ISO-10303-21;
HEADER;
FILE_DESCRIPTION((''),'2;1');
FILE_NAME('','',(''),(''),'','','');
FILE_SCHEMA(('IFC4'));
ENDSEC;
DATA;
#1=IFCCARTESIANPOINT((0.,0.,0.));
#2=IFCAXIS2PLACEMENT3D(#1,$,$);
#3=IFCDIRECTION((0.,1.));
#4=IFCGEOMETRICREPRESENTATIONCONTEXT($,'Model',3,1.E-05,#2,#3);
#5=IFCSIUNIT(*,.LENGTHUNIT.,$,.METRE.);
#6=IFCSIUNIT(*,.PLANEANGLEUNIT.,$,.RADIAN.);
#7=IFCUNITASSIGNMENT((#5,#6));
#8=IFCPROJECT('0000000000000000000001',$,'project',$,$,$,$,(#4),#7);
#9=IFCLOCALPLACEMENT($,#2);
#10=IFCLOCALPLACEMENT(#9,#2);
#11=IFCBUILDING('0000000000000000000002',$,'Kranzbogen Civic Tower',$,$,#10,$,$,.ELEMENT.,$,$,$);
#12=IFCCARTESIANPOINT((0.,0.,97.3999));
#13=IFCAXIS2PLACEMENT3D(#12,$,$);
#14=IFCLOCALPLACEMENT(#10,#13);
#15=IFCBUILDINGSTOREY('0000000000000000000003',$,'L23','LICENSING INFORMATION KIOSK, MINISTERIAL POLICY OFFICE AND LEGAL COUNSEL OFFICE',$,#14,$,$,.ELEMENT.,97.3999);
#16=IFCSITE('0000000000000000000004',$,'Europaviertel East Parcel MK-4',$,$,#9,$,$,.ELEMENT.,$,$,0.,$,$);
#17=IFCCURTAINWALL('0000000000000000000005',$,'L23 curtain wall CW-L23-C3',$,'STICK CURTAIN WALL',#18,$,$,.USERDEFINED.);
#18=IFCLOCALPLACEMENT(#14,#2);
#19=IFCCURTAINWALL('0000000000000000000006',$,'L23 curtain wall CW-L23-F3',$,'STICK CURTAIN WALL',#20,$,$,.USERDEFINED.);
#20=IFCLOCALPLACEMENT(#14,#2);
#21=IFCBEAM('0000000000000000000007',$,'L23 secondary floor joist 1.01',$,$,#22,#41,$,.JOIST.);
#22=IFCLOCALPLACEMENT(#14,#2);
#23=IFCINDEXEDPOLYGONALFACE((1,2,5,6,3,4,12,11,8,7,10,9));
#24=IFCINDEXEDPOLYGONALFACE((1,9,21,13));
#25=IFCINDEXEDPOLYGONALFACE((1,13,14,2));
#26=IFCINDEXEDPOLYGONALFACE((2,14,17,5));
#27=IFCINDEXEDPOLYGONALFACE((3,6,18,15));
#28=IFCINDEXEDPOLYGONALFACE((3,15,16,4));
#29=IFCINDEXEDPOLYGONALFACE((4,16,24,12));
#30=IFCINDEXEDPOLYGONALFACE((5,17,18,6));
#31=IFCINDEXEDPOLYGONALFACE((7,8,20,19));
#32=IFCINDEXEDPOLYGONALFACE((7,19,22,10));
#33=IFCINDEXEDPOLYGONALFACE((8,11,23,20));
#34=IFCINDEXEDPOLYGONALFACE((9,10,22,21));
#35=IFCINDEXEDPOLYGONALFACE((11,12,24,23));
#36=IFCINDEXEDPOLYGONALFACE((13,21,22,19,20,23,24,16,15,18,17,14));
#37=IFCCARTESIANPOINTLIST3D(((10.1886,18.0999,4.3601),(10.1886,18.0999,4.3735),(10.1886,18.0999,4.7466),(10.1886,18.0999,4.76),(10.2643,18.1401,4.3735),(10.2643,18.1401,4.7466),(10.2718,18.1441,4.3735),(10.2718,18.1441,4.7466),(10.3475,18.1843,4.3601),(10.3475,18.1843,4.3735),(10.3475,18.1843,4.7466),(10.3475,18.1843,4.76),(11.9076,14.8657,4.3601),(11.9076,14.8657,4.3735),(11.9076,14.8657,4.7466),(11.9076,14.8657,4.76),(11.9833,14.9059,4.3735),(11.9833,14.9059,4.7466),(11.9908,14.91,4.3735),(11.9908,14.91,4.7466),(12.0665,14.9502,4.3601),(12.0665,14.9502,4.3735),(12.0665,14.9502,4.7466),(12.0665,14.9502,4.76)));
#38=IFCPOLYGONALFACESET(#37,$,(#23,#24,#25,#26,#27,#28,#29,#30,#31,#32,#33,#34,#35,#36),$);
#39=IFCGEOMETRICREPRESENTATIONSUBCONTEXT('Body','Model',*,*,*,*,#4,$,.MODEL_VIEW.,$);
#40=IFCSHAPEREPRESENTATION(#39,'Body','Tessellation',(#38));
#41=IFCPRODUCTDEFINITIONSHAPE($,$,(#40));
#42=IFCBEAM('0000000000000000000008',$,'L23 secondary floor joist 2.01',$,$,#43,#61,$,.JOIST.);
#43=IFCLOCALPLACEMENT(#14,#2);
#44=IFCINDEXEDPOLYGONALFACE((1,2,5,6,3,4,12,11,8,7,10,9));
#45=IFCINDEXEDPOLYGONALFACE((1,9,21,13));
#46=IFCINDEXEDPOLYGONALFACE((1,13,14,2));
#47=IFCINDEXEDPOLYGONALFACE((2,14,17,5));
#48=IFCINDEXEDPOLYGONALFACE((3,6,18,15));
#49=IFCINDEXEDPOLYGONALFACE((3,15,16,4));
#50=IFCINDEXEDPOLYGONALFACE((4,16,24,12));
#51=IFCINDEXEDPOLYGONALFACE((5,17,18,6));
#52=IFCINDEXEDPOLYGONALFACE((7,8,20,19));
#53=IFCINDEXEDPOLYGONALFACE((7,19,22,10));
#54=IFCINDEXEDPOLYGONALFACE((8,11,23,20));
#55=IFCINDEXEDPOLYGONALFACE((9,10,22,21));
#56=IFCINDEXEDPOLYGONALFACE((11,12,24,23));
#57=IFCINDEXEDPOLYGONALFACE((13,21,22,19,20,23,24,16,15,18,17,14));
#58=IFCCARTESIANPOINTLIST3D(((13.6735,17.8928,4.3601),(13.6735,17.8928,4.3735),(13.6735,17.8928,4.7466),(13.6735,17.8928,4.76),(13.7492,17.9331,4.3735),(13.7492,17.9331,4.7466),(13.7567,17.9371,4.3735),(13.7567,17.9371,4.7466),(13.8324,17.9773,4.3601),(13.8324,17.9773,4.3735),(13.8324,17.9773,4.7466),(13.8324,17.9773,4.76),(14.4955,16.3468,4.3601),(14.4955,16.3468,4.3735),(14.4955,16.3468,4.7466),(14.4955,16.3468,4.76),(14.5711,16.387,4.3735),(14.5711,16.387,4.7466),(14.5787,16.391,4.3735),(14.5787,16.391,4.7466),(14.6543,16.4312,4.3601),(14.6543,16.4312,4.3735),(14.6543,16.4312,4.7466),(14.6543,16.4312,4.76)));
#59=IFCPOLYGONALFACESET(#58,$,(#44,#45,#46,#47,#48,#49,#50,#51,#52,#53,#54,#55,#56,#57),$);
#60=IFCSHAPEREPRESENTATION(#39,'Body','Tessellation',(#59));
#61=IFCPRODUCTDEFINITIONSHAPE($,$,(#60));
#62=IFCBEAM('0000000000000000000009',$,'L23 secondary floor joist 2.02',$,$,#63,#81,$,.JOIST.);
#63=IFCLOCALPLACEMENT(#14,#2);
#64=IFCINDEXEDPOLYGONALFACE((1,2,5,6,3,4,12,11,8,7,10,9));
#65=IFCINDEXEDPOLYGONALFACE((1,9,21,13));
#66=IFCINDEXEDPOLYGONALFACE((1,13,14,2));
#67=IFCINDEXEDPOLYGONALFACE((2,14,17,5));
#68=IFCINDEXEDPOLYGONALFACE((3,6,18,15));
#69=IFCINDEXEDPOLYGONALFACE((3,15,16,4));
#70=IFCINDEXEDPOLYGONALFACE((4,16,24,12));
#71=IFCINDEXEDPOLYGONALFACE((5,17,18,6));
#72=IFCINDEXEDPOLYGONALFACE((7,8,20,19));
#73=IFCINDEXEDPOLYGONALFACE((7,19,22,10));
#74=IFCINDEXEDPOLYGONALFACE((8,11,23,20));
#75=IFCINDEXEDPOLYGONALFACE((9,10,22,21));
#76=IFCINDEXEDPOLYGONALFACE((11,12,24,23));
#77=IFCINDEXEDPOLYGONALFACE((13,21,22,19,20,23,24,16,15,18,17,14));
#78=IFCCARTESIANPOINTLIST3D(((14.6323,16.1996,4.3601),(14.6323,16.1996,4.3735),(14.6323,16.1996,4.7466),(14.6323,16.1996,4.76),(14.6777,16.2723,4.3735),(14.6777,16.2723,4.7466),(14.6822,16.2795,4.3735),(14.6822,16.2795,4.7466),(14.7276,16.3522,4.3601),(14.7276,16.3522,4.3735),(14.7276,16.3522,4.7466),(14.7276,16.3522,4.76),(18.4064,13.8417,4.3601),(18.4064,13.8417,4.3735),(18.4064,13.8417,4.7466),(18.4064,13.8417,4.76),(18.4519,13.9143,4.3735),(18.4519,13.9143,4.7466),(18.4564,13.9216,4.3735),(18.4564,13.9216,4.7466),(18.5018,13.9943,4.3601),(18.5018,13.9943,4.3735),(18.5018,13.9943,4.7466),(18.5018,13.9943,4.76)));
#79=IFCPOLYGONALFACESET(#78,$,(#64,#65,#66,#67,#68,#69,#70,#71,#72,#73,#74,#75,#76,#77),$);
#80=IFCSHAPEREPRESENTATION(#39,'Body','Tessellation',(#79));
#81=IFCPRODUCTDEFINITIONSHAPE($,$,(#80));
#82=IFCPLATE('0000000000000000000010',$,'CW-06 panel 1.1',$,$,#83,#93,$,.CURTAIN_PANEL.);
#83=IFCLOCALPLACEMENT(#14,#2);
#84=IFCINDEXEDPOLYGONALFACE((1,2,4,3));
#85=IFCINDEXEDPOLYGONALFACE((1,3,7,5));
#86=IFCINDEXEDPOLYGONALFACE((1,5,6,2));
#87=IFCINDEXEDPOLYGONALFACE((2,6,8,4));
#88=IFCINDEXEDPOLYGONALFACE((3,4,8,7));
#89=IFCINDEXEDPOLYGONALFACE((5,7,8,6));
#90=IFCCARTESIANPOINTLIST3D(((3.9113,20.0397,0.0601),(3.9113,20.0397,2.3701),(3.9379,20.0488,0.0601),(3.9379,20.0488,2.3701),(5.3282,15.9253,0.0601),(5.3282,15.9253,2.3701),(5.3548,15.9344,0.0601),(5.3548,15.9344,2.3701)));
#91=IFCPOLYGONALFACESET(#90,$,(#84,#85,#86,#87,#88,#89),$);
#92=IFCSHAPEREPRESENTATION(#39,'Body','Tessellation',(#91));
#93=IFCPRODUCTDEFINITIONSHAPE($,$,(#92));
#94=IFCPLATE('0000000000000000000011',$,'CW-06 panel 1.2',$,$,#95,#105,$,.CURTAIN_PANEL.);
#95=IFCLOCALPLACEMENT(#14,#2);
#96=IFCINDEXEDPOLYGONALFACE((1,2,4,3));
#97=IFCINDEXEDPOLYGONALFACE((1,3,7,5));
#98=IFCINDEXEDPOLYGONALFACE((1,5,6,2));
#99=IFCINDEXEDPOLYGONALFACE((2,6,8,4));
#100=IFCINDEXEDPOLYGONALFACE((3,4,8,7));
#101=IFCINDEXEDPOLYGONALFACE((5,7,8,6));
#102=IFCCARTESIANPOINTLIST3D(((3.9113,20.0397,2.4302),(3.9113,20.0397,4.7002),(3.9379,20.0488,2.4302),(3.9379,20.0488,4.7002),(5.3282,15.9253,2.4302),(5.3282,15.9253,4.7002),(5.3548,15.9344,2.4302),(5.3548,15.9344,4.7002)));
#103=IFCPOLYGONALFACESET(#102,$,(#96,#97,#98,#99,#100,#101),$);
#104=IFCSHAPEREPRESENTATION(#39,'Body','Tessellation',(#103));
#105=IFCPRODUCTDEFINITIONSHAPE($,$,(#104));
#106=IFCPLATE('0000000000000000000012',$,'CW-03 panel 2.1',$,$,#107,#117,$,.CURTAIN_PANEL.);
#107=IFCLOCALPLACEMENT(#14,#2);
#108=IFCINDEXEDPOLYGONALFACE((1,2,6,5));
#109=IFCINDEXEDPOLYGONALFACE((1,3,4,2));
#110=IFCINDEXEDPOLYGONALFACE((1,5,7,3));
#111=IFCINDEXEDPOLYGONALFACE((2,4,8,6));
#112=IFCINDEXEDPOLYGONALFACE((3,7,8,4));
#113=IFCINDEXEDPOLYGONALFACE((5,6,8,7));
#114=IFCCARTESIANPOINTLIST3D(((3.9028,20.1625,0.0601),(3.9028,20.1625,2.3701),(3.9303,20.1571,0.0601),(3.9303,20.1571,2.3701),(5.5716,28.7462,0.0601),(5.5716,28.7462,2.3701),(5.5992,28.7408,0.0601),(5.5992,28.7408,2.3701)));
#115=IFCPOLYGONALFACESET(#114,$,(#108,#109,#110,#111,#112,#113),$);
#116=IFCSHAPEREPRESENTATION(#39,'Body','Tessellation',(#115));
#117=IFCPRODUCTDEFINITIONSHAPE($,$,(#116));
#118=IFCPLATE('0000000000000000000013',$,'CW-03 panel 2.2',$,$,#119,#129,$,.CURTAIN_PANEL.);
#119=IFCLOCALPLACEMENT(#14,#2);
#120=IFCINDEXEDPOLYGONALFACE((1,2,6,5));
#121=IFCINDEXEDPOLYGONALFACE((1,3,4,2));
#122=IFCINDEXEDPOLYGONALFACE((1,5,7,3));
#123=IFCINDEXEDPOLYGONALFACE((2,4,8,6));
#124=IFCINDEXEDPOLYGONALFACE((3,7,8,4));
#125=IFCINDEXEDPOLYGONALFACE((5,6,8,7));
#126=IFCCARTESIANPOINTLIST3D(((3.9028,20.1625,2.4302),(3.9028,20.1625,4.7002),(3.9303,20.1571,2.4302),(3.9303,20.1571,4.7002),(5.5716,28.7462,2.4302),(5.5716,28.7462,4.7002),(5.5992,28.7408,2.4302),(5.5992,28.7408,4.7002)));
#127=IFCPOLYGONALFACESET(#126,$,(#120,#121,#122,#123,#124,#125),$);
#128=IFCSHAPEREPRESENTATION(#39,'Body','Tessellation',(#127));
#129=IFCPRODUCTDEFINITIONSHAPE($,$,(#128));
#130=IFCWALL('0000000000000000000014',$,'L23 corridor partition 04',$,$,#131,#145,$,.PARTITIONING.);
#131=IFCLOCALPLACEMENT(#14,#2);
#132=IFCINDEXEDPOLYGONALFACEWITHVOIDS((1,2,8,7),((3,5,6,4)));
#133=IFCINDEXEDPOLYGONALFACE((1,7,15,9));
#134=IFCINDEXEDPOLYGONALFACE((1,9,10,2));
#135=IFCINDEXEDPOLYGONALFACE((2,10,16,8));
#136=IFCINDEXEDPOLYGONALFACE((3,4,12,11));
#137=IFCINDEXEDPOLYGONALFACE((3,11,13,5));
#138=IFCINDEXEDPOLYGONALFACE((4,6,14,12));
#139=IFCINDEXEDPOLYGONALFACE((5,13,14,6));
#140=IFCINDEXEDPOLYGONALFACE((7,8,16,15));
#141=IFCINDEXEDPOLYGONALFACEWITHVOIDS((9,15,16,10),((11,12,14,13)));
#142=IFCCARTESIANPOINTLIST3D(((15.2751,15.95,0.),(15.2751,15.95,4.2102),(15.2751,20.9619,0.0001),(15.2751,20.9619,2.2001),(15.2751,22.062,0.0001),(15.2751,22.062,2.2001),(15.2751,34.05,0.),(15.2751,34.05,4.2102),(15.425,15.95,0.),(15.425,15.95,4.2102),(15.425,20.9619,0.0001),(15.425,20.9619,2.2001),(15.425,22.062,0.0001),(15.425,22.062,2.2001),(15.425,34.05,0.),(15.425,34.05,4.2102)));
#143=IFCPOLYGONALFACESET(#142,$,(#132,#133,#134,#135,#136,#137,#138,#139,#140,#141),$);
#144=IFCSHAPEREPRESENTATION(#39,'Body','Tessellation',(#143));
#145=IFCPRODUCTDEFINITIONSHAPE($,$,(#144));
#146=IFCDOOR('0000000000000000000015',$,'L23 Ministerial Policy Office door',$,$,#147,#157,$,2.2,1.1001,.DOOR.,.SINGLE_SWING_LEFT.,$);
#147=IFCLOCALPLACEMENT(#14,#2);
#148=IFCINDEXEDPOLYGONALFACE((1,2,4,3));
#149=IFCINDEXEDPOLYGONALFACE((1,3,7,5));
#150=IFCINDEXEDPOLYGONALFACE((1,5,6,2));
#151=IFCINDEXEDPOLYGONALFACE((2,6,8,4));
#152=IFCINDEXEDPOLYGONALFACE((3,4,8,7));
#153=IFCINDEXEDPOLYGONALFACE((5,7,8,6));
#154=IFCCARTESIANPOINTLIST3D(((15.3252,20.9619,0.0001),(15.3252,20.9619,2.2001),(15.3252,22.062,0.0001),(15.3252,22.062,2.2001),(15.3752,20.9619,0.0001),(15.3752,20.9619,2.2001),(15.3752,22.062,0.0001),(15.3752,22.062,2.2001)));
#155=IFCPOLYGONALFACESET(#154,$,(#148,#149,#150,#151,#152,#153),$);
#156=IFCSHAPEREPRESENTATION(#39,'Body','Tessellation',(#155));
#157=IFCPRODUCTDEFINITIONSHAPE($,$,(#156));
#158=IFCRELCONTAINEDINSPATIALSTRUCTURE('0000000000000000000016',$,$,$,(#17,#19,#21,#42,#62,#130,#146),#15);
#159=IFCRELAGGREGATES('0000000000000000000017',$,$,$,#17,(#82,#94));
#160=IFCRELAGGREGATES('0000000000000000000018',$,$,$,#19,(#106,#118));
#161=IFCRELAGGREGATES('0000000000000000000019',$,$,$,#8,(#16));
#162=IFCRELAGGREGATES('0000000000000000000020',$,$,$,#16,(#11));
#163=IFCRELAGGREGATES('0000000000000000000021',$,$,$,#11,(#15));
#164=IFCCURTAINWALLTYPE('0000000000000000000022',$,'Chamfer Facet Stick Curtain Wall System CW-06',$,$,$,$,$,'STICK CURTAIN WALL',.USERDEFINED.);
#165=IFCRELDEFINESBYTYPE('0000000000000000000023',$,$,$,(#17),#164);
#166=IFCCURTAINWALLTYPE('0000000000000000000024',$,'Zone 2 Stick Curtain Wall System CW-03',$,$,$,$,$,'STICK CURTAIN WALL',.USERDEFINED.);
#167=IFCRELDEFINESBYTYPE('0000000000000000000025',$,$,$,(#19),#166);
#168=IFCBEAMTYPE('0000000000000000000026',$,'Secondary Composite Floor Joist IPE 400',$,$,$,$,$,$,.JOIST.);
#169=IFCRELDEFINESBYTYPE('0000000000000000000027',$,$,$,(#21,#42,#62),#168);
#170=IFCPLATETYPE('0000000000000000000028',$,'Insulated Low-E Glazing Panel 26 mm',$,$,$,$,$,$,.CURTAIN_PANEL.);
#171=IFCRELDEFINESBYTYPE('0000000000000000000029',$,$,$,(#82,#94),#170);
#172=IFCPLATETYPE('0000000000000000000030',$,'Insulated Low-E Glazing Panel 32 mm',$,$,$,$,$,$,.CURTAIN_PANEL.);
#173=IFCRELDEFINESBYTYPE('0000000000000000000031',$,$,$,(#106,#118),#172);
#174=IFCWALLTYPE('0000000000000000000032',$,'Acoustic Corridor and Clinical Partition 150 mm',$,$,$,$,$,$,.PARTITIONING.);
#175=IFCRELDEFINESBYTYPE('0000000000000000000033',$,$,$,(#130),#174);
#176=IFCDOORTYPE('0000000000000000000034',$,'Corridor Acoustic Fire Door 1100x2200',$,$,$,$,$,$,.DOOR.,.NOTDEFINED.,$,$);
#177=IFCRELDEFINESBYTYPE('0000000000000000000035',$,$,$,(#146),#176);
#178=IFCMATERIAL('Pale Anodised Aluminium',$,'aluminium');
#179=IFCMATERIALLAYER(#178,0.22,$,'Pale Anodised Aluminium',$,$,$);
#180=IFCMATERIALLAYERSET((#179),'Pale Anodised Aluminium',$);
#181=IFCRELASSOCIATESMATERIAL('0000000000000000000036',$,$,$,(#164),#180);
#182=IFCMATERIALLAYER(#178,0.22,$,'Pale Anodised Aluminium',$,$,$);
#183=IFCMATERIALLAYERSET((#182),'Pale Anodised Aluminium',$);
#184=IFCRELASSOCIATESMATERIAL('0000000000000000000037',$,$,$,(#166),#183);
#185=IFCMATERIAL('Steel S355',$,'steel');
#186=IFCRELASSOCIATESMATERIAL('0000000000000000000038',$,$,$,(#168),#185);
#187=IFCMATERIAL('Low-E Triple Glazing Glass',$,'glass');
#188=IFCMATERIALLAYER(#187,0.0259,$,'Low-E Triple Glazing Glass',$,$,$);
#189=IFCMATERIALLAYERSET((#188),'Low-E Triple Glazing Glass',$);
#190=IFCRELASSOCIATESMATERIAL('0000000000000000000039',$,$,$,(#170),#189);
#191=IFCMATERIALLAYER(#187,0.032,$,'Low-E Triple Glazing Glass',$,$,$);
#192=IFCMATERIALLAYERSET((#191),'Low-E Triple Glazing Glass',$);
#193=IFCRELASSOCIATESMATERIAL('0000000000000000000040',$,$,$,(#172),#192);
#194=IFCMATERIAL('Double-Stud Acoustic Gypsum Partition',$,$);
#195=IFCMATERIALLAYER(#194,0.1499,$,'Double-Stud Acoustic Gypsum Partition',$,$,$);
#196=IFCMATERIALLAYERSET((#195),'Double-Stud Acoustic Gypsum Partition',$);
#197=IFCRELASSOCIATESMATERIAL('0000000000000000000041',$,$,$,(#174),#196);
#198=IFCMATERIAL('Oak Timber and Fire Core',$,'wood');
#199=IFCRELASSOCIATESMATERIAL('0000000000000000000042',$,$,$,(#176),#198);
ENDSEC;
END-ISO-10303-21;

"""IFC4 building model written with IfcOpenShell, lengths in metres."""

from ifc_helpers import new_model, si_unit, direction, frame, frame_2d, origin, origin_2d, place, context, subcontext, project, spatial, rectangle, i_section, extrude, material, layer, layer_set, material_profile, profile_set, type_object, element, fill, aggregate, save


model = new_model("IFC4")

# Units and contexts
model_context = context("Model", 3, precision=1e-05, world=origin(), true_north=direction((0.0, 1.0)))
body_context = subcontext(model_context, "Body", "Model", "MODEL_VIEW")
ifc_project = project(units=[si_unit("LENGTHUNIT", "METRE"), si_unit("PLANEANGLEUNIT", "RADIAN")], contexts=[model_context])

# Site, building, storey
site_placement = place(None, origin())
site = spatial("IfcSite", under=ifc_project, at=site_placement, Name="Europaviertel East Parcel MK-4", CompositionType="ELEMENT", RefElevation=0.0)
building_placement = place(site_placement, origin())
building = spatial("IfcBuilding", under=site, at=building_placement, Name="Kranzbogen Civic Tower", CompositionType="ELEMENT")
storey_placement = place(building_placement, frame((0.0, 0.0, 97.3999)))
storey = spatial("IfcBuildingStorey", under=building, at=storey_placement, Name="L23", Description="LICENSING INFORMATION KIOSK, MINISTERIAL POLICY OFFICE AND LEGAL COUNSEL OFFICE", CompositionType="ELEMENT", Elevation=97.3999)

# Curtain wall
ifc_material_1 = material(Name="Pale Anodised Aluminium", Category="aluminium")
ifc_layer_1 = layer(ifc_material_1, 0.22, Name="Pale Anodised Aluminium")
ifc_layer_set_1 = layer_set([ifc_layer_1], Name="Pale Anodised Aluminium")
curtain_wall_type_1 = type_object("IfcCurtainWallType", Name="Chamfer Facet Stick Curtain Wall System CW-06", ElementType="STICK CURTAIN WALL", PredefinedType="USERDEFINED", material=ifc_layer_set_1)
curtain_wall_1_placement = place(storey_placement, origin())
curtain_wall_1 = element("IfcCurtainWall", 1, at=curtain_wall_1_placement, inside=storey, type_object=curtain_wall_type_1, Name="L23 curtain wall CW-L23-C3", ObjectType="STICK CURTAIN WALL", PredefinedType="USERDEFINED")

# Curtain wall
ifc_layer_2 = layer(ifc_material_1, 0.22, Name="Pale Anodised Aluminium")
ifc_layer_set_2 = layer_set([ifc_layer_2], Name="Pale Anodised Aluminium")
curtain_wall_type_2 = type_object("IfcCurtainWallType", Name="Zone 2 Stick Curtain Wall System CW-03", ElementType="STICK CURTAIN WALL", PredefinedType="USERDEFINED", material=ifc_layer_set_2)
curtain_wall_2_placement = place(storey_placement, origin())
curtain_wall_2 = element("IfcCurtainWall", 2, at=curtain_wall_2_placement, inside=storey, type_object=curtain_wall_type_2, Name="L23 curtain wall CW-L23-F3", ObjectType="STICK CURTAIN WALL", PredefinedType="USERDEFINED")

# Beams
ifc_material_2 = material(Name="Steel S355", Category="steel")
ifc_material_profile_1 = material_profile(ifc_material_2, i_section(OverallWidth=0.1799, OverallDepth=0.3999, WebThickness=0.0085, FlangeThickness=0.0134, at=origin_2d()), Name="IPE 400")
ifc_profile_set_1 = profile_set([ifc_material_profile_1], Name="Steel S355")
beam_type_1 = type_object("IfcBeamType", Name="Secondary Composite Floor Joist IPE 400", PredefinedType="JOIST", material=ifc_profile_set_1)
beam_1_placement = place(storey_placement, frame((10.2681, 18.1421, 4.5601), z_axis=(0.469339, -0.883018, 0.0), x_axis=(0.883018, 0.469339, 0.0)))
element("IfcBeam", 3, at=beam_1_placement, inside=storey, type_object=beam_type_1, Name="L23 secondary floor joist 1.01", PredefinedType="JOIST", context=body_context, shape_type="SweptSolid", body=[
    extrude(i_section(OverallWidth=0.1799, OverallDepth=0.3999, WebThickness=0.0085, FlangeThickness=0.0134, at=origin_2d()), origin(), (0.0, 0.0, 1.0), 3.6626),
])
beam_2_placement = place(storey_placement, frame((13.7529, 17.9351, 4.5601), z_axis=(0.469437, -0.882966, 0.0), x_axis=(0.882966, 0.469437, 0.0)))
element("IfcBeam", 4, at=beam_2_placement, inside=storey, type_object=beam_type_1, Name="L23 secondary floor joist 2.01", PredefinedType="JOIST", context=body_context, shape_type="SweptSolid", body=[
    extrude(i_section(OverallWidth=0.1799, OverallDepth=0.3999, WebThickness=0.0085, FlangeThickness=0.0134, at=origin_2d()), origin(), (0.0, 0.0, 1.0), 1.751),
])
beam_3_placement = place(storey_placement, frame((14.6799, 16.2759, 4.5601), z_axis=(0.848094, -0.529846, 0.0), x_axis=(0.529846, 0.848094, 0.0)))
element("IfcBeam", 5, at=beam_3_placement, inside=storey, type_object=beam_type_1, Name="L23 secondary floor joist 2.02", PredefinedType="JOIST", context=body_context, shape_type="SweptSolid", body=[
    extrude(i_section(OverallWidth=0.1799, OverallDepth=0.3999, WebThickness=0.0085, FlangeThickness=0.0134, at=origin_2d()), origin(), (0.0, 0.0, 1.0), 4.4502),
])

# Plates
ifc_material_3 = material(Name="Low-E Triple Glazing Glass", Category="glass")
ifc_layer_3 = layer(ifc_material_3, 0.0259, Name="Low-E Triple Glazing Glass")
ifc_layer_set_3 = layer_set([ifc_layer_3], Name="Low-E Triple Glazing Glass")
plate_type_1 = type_object("IfcPlateType", Name="Insulated Low-E Glazing Panel 26 mm", PredefinedType="CURTAIN_PANEL", material=ifc_layer_set_3)
plate_1_placement = place(storey_placement, frame((4.6331, 17.9871, 0.0601), z_axis=(0.0, 0.0, 1.0), x_axis=(0.325605, -0.945506, 0.0)))
plate_1 = element("IfcPlate", 6, at=plate_1_placement, type_object=plate_type_1, Name="CW-06 panel 1.1", PredefinedType="CURTAIN_PANEL", context=body_context, shape_type="SweptSolid", body=[
    extrude(rectangle(XDim=4.3516, YDim=0.0281, at=origin_2d()), origin(), (0.0, 0.0, 1.0), 2.3101),
])
plate_2_placement = place(storey_placement, frame((4.6331, 17.9871, 2.4302), z_axis=(0.0, 0.0, 1.0), x_axis=(0.325605, -0.945506, 0.0)))
plate_2 = element("IfcPlate", 7, at=plate_2_placement, type_object=plate_type_1, Name="CW-06 panel 1.2", PredefinedType="CURTAIN_PANEL", context=body_context, shape_type="SweptSolid", body=[
    extrude(rectangle(XDim=4.3516, YDim=0.0281, at=origin_2d()), origin(), (0.0, 0.0, 1.0), 2.27),
])
aggregate(curtain_wall_1, [plate_1, plate_2])
ifc_layer_4 = layer(ifc_material_3, 0.032, Name="Low-E Triple Glazing Glass")
ifc_layer_set_4 = layer_set([ifc_layer_4], Name="Low-E Triple Glazing Glass")
plate_type_2 = type_object("IfcPlateType", Name="Insulated Low-E Glazing Panel 32 mm", PredefinedType="CURTAIN_PANEL", material=ifc_layer_set_4)
plate_3_placement = place(storey_placement, frame((4.751, 24.4517, 0.0601), z_axis=(0.0, 0.0, 1.0), x_axis=(-0.190845, -0.98162, 0.0)))
plate_3 = element("IfcPlate", 8, at=plate_3_placement, type_object=plate_type_2, Name="CW-03 panel 2.1", PredefinedType="CURTAIN_PANEL", context=body_context, shape_type="SweptSolid", body=[
    extrude(rectangle(XDim=8.7444, YDim=0.0281, at=origin_2d()), origin(), (0.0, 0.0, 1.0), 2.3101),
])
plate_4_placement = place(storey_placement, frame((4.751, 24.4517, 2.4302), z_axis=(0.0, 0.0, 1.0), x_axis=(-0.190845, -0.98162, 0.0)))
plate_4 = element("IfcPlate", 9, at=plate_4_placement, type_object=plate_type_2, Name="CW-03 panel 2.2", PredefinedType="CURTAIN_PANEL", context=body_context, shape_type="SweptSolid", body=[
    extrude(rectangle(XDim=8.7444, YDim=0.0281, at=origin_2d()), origin(), (0.0, 0.0, 1.0), 2.27),
])
aggregate(curtain_wall_2, [plate_3, plate_4])

# Wall, opening, door
ifc_material_4 = material(Name="Double-Stud Acoustic Gypsum Partition")
ifc_layer_5 = layer(ifc_material_4, 0.1499, Name="Double-Stud Acoustic Gypsum Partition")
ifc_layer_set_5 = layer_set([ifc_layer_5], Name="Double-Stud Acoustic Gypsum Partition")
wall_type = type_object("IfcWallType", Name="Acoustic Corridor and Clinical Partition 150 mm", PredefinedType="PARTITIONING", material=ifc_layer_set_5)
wall_placement = place(storey_placement, frame((15.3501, 15.95, 0.0), z_axis=(0.0, 0.0, 1.0), x_axis=(0.0, 1.0, 0.0)))
wall = element("IfcWall", 10, at=wall_placement, inside=storey, type_object=wall_type, Name="L23 corridor partition 04", PredefinedType="PARTITIONING", context=body_context, shape_type="SweptSolid", body=[
    extrude(rectangle(XDim=18.1001, YDim=0.1499, at=frame_2d((9.05, 0.0))), origin(), (0.0, 0.0, 1.0), 4.2102),
])
opening_placement = place(wall_placement, frame((5.012, 0.0, 0.0)))
opening = element("IfcOpeningElement", 11, at=opening_placement, cuts=wall, PredefinedType="OPENING", context=body_context, shape_type="SweptSolid", body=[
    extrude(rectangle(XDim=1.1001, YDim=2.2, at=frame_2d((0.55, 1.1001))), frame((0.0, 0.085, 0.0), z_axis=(0.0, -1.0, 0.0), x_axis=(1.0, 0.0, 0.0)), (0.0, 0.0, 1.0), 0.1699),
])
ifc_material_5 = material(Name="Oak Timber and Fire Core", Category="wood")
door_type = type_object("IfcDoorType", Name="Corridor Acoustic Fire Door 1100x2200", OperationType="NOTDEFINED", PredefinedType="DOOR", material=ifc_material_5)
door_placement = place(opening_placement, origin())
door = element("IfcDoor", 12, at=door_placement, inside=storey, type_object=door_type, Name="L23 Ministerial Policy Office door", OperationType="SINGLE_SWING_LEFT", OverallHeight=2.2, OverallWidth=1.1001, PredefinedType="DOOR", context=body_context, shape_type="SweptSolid", body=[
    extrude(rectangle(XDim=1.1001, YDim=2.2, at=frame_2d((0.55, 1.1001))), frame((0.0, 0.0249, 0.0), z_axis=(0.0, -1.0, 0.0), x_axis=(1.0, 0.0, 0.0)), (0.0, 0.0, 1.0), 0.05),
])
fill(opening, door)

save(model, "model.ifc")
